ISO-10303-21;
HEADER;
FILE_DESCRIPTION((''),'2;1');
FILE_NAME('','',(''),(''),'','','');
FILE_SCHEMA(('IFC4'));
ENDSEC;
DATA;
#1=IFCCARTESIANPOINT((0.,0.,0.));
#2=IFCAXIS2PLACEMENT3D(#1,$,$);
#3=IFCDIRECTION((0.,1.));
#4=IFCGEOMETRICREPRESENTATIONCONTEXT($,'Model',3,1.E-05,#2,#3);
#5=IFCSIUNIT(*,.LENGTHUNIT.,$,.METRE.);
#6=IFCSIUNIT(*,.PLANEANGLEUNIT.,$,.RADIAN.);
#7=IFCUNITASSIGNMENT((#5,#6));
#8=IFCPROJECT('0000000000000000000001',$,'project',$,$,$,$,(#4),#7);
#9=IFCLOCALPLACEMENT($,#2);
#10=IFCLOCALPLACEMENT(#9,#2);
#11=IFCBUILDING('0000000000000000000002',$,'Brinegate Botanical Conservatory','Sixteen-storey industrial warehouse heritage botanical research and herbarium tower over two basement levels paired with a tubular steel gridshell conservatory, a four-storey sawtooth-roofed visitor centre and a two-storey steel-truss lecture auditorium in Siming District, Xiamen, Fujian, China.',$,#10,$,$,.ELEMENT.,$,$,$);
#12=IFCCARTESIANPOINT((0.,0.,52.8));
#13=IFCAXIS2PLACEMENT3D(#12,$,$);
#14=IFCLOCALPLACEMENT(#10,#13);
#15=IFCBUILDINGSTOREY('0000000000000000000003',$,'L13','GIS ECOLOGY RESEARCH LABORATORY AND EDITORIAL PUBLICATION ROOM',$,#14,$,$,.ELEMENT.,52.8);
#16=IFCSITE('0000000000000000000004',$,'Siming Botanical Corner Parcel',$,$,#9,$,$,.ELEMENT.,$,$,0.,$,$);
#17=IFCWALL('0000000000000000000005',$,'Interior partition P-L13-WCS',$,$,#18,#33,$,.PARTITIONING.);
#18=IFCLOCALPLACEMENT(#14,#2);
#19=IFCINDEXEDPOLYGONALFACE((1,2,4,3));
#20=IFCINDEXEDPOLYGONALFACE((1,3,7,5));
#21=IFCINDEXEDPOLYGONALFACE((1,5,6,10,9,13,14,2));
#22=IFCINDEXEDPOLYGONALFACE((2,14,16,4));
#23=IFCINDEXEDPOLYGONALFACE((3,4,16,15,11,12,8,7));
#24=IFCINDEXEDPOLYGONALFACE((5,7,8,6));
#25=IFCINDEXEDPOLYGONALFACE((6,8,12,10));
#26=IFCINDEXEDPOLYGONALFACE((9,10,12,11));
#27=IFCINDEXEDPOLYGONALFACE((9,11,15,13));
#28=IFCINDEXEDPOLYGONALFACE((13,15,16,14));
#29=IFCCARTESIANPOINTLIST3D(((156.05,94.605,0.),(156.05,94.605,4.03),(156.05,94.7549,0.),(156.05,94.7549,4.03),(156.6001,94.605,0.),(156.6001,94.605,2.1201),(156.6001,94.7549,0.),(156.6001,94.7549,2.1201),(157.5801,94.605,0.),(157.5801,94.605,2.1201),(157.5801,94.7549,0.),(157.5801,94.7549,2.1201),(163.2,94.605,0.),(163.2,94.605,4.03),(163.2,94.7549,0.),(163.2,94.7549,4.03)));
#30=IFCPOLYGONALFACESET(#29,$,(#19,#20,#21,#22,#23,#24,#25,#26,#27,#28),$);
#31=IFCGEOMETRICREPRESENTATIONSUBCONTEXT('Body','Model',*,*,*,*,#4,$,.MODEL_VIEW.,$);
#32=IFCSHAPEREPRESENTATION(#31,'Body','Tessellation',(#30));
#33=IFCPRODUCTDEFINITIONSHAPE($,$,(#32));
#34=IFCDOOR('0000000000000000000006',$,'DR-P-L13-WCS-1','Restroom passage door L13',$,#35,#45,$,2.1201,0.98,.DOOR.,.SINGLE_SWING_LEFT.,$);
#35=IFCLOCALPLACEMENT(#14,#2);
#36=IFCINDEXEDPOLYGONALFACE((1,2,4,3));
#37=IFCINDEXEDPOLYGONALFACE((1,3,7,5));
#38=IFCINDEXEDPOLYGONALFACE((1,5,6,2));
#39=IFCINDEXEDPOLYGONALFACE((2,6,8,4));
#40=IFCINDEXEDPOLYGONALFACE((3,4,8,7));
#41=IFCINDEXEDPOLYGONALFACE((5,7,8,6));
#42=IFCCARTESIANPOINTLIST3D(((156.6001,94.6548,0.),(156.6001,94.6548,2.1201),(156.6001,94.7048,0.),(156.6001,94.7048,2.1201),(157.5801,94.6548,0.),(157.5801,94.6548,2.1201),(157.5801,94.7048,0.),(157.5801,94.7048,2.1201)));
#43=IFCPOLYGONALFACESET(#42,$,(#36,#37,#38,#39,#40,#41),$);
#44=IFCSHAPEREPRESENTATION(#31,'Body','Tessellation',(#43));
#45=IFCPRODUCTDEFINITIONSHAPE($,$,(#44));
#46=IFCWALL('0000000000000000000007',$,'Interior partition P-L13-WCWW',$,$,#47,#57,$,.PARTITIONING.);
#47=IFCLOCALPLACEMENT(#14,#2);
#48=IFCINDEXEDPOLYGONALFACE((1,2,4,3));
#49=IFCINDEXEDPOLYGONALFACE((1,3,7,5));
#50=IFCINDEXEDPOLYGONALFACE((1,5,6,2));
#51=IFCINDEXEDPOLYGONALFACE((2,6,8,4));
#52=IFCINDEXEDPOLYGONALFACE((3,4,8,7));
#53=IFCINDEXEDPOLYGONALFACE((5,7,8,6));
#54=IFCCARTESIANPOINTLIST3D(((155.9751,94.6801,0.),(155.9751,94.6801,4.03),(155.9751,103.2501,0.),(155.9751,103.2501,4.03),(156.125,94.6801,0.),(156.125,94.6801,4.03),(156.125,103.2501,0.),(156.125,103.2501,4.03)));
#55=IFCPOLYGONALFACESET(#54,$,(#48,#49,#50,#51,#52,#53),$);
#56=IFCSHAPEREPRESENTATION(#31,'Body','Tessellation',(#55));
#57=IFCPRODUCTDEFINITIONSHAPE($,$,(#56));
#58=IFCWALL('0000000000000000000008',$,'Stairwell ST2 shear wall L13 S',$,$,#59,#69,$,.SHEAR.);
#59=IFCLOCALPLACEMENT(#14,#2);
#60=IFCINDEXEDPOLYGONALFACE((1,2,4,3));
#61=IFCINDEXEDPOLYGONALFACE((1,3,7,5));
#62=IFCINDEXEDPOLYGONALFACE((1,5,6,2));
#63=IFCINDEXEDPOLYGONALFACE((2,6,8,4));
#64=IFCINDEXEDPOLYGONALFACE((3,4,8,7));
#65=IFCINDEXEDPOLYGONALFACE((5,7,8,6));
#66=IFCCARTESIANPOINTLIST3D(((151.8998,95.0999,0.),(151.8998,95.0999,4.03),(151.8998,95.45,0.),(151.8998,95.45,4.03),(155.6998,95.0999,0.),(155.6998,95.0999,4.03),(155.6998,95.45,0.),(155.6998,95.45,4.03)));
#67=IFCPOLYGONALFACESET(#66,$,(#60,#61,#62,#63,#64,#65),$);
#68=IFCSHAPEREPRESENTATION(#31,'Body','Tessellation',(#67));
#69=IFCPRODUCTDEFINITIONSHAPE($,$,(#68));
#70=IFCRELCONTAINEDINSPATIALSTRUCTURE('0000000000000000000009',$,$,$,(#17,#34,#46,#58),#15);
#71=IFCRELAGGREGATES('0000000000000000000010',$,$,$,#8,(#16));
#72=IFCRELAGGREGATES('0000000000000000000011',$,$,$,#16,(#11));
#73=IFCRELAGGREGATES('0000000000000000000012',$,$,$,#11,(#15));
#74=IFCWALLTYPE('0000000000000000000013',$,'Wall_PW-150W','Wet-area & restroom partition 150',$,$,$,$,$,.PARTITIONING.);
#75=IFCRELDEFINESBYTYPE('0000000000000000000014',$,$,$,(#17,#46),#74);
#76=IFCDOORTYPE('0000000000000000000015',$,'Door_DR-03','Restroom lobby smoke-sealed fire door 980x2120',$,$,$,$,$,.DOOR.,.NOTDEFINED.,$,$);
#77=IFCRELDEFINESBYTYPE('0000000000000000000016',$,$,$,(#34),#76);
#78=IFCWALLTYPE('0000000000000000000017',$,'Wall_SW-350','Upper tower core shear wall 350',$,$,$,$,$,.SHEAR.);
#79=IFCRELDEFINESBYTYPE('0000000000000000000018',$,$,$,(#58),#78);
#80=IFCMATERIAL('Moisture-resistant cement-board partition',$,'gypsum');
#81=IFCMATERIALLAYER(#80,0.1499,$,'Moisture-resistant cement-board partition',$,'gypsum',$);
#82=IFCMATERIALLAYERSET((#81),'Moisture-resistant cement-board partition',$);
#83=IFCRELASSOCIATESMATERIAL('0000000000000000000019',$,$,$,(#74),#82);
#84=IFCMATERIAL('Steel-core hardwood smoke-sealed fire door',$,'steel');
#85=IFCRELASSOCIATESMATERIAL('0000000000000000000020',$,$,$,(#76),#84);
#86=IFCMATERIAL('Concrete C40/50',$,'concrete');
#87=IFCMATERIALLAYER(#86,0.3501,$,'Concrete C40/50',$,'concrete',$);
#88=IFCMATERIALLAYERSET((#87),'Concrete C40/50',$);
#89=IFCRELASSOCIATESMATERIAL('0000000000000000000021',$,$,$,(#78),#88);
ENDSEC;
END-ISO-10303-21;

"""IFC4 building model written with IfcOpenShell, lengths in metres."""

from ifc_helpers import new_model, si_unit, direction, frame, frame_2d, origin, place, context, subcontext, project, spatial, rectangle, extrude, material, layer, layer_set, type_object, element, fill, save


model = new_model("IFC4")

# Units and contexts
model_context = context("Model", 3, precision=1e-05, world=origin(), true_north=direction((0.0, 1.0)))
body_context = subcontext(model_context, "Body", "Model", "MODEL_VIEW")
ifc_project = project(units=[si_unit("LENGTHUNIT", "METRE"), si_unit("PLANEANGLEUNIT", "RADIAN")], contexts=[model_context])

# Site, building, storey
site_placement = place(None, origin())
site = spatial("IfcSite", under=ifc_project, at=site_placement, Name="Siming Botanical Corner Parcel", CompositionType="ELEMENT", RefElevation=0.0)
building_placement = place(site_placement, origin())
building = spatial("IfcBuilding", under=site, at=building_placement, Name="Brinegate Botanical Conservatory", Description="Sixteen-storey industrial warehouse heritage botanical research and herbarium tower over two basement levels paired with a tubular steel gridshell conservatory, a four-storey sawtooth-roofed visitor centre and a two-storey steel-truss lecture auditorium in Siming District, Xiamen, Fujian, China.", CompositionType="ELEMENT")
storey_placement = place(building_placement, frame((0.0, 0.0, 52.8)))
storey = spatial("IfcBuildingStorey", under=building, at=storey_placement, Name="L13", Description="GIS ECOLOGY RESEARCH LABORATORY AND EDITORIAL PUBLICATION ROOM", CompositionType="ELEMENT", Elevation=52.8)

# Shared definitions
ifc_material_1 = material(Name="Concrete C40/50", Category="concrete")

# Wall, opening, door
ifc_material_2 = material(Name="Moisture-resistant cement-board partition", Category="gypsum")
ifc_layer_1 = layer(ifc_material_2, 0.1499, Name="Moisture-resistant cement-board partition", Category="gypsum")
ifc_layer_set_1 = layer_set([ifc_layer_1], Name="Moisture-resistant cement-board partition")
wall_type_1 = type_object("IfcWallType", Name="Wall_PW-150W", Description="Wet-area & restroom partition 150", PredefinedType="PARTITIONING", material=ifc_layer_set_1)
wall_1_placement = place(storey_placement, frame((156.05, 94.6799, 0.0), z_axis=(0.0, 0.0, 1.0), x_axis=(1.0, 0.0, 0.0)))
wall_1 = element("IfcWall", 1, at=wall_1_placement, inside=storey, type_object=wall_type_1, Name="Interior partition P-L13-WCS", PredefinedType="PARTITIONING", context=body_context, shape_type="SweptSolid", body=[
    extrude(rectangle(XDim=7.1499, YDim=0.1499, at=frame_2d((3.575, 0.0))), origin(), (0.0, 0.0, 1.0), 4.03),
])
opening_1_placement = place(wall_1_placement, frame((0.55, 0.0, 0.0)))
opening_1 = element("IfcOpeningElement", 2, at=opening_1_placement, cuts=wall_1, PredefinedType="OPENING", context=body_context, shape_type="SweptSolid", body=[
    extrude(rectangle(XDim=0.98, YDim=2.1201, at=frame_2d((0.49, 1.0601))), frame((0.0, 0.085, 0.0), z_axis=(0.0, -1.0, 0.0), x_axis=(1.0, 0.0, 0.0)), (0.0, 0.0, 1.0), 0.1699),
])
ifc_material_3 = material(Name="Steel-core hardwood smoke-sealed fire door", Category="steel")
door_type_1 = type_object("IfcDoorType", Name="Door_DR-03", Description="Restroom lobby smoke-sealed fire door 980x2120", OperationType="NOTDEFINED", PredefinedType="DOOR", material=ifc_material_3)
door_1_placement = place(opening_1_placement, origin())
door_1 = element("IfcDoor", 3, at=door_1_placement, inside=storey, type_object=door_type_1, Name="DR-P-L13-WCS-1", Description="Restroom passage door L13", OperationType="SINGLE_SWING_LEFT", OverallHeight=2.1201, OverallWidth=0.98, PredefinedType="DOOR", context=body_context, shape_type="SweptSolid", body=[
    extrude(rectangle(XDim=0.98, YDim=2.1201, at=frame_2d((0.49, 1.0601))), frame((0.0, 0.0249, 0.0), z_axis=(0.0, -1.0, 0.0), x_axis=(1.0, 0.0, 0.0)), (0.0, 0.0, 1.0), 0.05),
])
fill(opening_1, door_1)

# Walls
wall_2_placement = place(storey_placement, frame((156.05, 94.6799, 0.0), z_axis=(0.0, 0.0, 1.0), x_axis=(0.0, 1.0, 0.0)))
element("IfcWall", 4, at=wall_2_placement, inside=storey, type_object=wall_type_1, Name="Interior partition P-L13-WCWW", PredefinedType="PARTITIONING", context=body_context, shape_type="SweptSolid", body=[
    extrude(rectangle(XDim=8.5701, YDim=0.1499, at=frame_2d((4.2852, 0.0))), origin(), (0.0, 0.0, 1.0), 4.03),
])
ifc_layer_2 = layer(ifc_material_1, 0.3501, Name="Concrete C40/50", Category="concrete")
ifc_layer_set_2 = layer_set([ifc_layer_2], Name="Concrete C40/50")
wall_type_2 = type_object("IfcWallType", Name="Wall_SW-350", Description="Upper tower core shear wall 350", PredefinedType="SHEAR", material=ifc_layer_set_2)
wall_3_placement = place(storey_placement, frame((151.8999, 95.2749, 0.0), z_axis=(0.0, 0.0, 1.0), x_axis=(1.0, 0.0, 0.0)))
element("IfcWall", 5, at=wall_3_placement, inside=storey, type_object=wall_type_2, Name="Stairwell ST2 shear wall L13 S", PredefinedType="SHEAR", context=body_context, shape_type="SweptSolid", body=[
    extrude(rectangle(XDim=3.8, YDim=0.3501, at=frame_2d((1.8999, 0.0))), origin(), (0.0, 0.0, 1.0), 4.03),
])

save(model, "model.ifc")
